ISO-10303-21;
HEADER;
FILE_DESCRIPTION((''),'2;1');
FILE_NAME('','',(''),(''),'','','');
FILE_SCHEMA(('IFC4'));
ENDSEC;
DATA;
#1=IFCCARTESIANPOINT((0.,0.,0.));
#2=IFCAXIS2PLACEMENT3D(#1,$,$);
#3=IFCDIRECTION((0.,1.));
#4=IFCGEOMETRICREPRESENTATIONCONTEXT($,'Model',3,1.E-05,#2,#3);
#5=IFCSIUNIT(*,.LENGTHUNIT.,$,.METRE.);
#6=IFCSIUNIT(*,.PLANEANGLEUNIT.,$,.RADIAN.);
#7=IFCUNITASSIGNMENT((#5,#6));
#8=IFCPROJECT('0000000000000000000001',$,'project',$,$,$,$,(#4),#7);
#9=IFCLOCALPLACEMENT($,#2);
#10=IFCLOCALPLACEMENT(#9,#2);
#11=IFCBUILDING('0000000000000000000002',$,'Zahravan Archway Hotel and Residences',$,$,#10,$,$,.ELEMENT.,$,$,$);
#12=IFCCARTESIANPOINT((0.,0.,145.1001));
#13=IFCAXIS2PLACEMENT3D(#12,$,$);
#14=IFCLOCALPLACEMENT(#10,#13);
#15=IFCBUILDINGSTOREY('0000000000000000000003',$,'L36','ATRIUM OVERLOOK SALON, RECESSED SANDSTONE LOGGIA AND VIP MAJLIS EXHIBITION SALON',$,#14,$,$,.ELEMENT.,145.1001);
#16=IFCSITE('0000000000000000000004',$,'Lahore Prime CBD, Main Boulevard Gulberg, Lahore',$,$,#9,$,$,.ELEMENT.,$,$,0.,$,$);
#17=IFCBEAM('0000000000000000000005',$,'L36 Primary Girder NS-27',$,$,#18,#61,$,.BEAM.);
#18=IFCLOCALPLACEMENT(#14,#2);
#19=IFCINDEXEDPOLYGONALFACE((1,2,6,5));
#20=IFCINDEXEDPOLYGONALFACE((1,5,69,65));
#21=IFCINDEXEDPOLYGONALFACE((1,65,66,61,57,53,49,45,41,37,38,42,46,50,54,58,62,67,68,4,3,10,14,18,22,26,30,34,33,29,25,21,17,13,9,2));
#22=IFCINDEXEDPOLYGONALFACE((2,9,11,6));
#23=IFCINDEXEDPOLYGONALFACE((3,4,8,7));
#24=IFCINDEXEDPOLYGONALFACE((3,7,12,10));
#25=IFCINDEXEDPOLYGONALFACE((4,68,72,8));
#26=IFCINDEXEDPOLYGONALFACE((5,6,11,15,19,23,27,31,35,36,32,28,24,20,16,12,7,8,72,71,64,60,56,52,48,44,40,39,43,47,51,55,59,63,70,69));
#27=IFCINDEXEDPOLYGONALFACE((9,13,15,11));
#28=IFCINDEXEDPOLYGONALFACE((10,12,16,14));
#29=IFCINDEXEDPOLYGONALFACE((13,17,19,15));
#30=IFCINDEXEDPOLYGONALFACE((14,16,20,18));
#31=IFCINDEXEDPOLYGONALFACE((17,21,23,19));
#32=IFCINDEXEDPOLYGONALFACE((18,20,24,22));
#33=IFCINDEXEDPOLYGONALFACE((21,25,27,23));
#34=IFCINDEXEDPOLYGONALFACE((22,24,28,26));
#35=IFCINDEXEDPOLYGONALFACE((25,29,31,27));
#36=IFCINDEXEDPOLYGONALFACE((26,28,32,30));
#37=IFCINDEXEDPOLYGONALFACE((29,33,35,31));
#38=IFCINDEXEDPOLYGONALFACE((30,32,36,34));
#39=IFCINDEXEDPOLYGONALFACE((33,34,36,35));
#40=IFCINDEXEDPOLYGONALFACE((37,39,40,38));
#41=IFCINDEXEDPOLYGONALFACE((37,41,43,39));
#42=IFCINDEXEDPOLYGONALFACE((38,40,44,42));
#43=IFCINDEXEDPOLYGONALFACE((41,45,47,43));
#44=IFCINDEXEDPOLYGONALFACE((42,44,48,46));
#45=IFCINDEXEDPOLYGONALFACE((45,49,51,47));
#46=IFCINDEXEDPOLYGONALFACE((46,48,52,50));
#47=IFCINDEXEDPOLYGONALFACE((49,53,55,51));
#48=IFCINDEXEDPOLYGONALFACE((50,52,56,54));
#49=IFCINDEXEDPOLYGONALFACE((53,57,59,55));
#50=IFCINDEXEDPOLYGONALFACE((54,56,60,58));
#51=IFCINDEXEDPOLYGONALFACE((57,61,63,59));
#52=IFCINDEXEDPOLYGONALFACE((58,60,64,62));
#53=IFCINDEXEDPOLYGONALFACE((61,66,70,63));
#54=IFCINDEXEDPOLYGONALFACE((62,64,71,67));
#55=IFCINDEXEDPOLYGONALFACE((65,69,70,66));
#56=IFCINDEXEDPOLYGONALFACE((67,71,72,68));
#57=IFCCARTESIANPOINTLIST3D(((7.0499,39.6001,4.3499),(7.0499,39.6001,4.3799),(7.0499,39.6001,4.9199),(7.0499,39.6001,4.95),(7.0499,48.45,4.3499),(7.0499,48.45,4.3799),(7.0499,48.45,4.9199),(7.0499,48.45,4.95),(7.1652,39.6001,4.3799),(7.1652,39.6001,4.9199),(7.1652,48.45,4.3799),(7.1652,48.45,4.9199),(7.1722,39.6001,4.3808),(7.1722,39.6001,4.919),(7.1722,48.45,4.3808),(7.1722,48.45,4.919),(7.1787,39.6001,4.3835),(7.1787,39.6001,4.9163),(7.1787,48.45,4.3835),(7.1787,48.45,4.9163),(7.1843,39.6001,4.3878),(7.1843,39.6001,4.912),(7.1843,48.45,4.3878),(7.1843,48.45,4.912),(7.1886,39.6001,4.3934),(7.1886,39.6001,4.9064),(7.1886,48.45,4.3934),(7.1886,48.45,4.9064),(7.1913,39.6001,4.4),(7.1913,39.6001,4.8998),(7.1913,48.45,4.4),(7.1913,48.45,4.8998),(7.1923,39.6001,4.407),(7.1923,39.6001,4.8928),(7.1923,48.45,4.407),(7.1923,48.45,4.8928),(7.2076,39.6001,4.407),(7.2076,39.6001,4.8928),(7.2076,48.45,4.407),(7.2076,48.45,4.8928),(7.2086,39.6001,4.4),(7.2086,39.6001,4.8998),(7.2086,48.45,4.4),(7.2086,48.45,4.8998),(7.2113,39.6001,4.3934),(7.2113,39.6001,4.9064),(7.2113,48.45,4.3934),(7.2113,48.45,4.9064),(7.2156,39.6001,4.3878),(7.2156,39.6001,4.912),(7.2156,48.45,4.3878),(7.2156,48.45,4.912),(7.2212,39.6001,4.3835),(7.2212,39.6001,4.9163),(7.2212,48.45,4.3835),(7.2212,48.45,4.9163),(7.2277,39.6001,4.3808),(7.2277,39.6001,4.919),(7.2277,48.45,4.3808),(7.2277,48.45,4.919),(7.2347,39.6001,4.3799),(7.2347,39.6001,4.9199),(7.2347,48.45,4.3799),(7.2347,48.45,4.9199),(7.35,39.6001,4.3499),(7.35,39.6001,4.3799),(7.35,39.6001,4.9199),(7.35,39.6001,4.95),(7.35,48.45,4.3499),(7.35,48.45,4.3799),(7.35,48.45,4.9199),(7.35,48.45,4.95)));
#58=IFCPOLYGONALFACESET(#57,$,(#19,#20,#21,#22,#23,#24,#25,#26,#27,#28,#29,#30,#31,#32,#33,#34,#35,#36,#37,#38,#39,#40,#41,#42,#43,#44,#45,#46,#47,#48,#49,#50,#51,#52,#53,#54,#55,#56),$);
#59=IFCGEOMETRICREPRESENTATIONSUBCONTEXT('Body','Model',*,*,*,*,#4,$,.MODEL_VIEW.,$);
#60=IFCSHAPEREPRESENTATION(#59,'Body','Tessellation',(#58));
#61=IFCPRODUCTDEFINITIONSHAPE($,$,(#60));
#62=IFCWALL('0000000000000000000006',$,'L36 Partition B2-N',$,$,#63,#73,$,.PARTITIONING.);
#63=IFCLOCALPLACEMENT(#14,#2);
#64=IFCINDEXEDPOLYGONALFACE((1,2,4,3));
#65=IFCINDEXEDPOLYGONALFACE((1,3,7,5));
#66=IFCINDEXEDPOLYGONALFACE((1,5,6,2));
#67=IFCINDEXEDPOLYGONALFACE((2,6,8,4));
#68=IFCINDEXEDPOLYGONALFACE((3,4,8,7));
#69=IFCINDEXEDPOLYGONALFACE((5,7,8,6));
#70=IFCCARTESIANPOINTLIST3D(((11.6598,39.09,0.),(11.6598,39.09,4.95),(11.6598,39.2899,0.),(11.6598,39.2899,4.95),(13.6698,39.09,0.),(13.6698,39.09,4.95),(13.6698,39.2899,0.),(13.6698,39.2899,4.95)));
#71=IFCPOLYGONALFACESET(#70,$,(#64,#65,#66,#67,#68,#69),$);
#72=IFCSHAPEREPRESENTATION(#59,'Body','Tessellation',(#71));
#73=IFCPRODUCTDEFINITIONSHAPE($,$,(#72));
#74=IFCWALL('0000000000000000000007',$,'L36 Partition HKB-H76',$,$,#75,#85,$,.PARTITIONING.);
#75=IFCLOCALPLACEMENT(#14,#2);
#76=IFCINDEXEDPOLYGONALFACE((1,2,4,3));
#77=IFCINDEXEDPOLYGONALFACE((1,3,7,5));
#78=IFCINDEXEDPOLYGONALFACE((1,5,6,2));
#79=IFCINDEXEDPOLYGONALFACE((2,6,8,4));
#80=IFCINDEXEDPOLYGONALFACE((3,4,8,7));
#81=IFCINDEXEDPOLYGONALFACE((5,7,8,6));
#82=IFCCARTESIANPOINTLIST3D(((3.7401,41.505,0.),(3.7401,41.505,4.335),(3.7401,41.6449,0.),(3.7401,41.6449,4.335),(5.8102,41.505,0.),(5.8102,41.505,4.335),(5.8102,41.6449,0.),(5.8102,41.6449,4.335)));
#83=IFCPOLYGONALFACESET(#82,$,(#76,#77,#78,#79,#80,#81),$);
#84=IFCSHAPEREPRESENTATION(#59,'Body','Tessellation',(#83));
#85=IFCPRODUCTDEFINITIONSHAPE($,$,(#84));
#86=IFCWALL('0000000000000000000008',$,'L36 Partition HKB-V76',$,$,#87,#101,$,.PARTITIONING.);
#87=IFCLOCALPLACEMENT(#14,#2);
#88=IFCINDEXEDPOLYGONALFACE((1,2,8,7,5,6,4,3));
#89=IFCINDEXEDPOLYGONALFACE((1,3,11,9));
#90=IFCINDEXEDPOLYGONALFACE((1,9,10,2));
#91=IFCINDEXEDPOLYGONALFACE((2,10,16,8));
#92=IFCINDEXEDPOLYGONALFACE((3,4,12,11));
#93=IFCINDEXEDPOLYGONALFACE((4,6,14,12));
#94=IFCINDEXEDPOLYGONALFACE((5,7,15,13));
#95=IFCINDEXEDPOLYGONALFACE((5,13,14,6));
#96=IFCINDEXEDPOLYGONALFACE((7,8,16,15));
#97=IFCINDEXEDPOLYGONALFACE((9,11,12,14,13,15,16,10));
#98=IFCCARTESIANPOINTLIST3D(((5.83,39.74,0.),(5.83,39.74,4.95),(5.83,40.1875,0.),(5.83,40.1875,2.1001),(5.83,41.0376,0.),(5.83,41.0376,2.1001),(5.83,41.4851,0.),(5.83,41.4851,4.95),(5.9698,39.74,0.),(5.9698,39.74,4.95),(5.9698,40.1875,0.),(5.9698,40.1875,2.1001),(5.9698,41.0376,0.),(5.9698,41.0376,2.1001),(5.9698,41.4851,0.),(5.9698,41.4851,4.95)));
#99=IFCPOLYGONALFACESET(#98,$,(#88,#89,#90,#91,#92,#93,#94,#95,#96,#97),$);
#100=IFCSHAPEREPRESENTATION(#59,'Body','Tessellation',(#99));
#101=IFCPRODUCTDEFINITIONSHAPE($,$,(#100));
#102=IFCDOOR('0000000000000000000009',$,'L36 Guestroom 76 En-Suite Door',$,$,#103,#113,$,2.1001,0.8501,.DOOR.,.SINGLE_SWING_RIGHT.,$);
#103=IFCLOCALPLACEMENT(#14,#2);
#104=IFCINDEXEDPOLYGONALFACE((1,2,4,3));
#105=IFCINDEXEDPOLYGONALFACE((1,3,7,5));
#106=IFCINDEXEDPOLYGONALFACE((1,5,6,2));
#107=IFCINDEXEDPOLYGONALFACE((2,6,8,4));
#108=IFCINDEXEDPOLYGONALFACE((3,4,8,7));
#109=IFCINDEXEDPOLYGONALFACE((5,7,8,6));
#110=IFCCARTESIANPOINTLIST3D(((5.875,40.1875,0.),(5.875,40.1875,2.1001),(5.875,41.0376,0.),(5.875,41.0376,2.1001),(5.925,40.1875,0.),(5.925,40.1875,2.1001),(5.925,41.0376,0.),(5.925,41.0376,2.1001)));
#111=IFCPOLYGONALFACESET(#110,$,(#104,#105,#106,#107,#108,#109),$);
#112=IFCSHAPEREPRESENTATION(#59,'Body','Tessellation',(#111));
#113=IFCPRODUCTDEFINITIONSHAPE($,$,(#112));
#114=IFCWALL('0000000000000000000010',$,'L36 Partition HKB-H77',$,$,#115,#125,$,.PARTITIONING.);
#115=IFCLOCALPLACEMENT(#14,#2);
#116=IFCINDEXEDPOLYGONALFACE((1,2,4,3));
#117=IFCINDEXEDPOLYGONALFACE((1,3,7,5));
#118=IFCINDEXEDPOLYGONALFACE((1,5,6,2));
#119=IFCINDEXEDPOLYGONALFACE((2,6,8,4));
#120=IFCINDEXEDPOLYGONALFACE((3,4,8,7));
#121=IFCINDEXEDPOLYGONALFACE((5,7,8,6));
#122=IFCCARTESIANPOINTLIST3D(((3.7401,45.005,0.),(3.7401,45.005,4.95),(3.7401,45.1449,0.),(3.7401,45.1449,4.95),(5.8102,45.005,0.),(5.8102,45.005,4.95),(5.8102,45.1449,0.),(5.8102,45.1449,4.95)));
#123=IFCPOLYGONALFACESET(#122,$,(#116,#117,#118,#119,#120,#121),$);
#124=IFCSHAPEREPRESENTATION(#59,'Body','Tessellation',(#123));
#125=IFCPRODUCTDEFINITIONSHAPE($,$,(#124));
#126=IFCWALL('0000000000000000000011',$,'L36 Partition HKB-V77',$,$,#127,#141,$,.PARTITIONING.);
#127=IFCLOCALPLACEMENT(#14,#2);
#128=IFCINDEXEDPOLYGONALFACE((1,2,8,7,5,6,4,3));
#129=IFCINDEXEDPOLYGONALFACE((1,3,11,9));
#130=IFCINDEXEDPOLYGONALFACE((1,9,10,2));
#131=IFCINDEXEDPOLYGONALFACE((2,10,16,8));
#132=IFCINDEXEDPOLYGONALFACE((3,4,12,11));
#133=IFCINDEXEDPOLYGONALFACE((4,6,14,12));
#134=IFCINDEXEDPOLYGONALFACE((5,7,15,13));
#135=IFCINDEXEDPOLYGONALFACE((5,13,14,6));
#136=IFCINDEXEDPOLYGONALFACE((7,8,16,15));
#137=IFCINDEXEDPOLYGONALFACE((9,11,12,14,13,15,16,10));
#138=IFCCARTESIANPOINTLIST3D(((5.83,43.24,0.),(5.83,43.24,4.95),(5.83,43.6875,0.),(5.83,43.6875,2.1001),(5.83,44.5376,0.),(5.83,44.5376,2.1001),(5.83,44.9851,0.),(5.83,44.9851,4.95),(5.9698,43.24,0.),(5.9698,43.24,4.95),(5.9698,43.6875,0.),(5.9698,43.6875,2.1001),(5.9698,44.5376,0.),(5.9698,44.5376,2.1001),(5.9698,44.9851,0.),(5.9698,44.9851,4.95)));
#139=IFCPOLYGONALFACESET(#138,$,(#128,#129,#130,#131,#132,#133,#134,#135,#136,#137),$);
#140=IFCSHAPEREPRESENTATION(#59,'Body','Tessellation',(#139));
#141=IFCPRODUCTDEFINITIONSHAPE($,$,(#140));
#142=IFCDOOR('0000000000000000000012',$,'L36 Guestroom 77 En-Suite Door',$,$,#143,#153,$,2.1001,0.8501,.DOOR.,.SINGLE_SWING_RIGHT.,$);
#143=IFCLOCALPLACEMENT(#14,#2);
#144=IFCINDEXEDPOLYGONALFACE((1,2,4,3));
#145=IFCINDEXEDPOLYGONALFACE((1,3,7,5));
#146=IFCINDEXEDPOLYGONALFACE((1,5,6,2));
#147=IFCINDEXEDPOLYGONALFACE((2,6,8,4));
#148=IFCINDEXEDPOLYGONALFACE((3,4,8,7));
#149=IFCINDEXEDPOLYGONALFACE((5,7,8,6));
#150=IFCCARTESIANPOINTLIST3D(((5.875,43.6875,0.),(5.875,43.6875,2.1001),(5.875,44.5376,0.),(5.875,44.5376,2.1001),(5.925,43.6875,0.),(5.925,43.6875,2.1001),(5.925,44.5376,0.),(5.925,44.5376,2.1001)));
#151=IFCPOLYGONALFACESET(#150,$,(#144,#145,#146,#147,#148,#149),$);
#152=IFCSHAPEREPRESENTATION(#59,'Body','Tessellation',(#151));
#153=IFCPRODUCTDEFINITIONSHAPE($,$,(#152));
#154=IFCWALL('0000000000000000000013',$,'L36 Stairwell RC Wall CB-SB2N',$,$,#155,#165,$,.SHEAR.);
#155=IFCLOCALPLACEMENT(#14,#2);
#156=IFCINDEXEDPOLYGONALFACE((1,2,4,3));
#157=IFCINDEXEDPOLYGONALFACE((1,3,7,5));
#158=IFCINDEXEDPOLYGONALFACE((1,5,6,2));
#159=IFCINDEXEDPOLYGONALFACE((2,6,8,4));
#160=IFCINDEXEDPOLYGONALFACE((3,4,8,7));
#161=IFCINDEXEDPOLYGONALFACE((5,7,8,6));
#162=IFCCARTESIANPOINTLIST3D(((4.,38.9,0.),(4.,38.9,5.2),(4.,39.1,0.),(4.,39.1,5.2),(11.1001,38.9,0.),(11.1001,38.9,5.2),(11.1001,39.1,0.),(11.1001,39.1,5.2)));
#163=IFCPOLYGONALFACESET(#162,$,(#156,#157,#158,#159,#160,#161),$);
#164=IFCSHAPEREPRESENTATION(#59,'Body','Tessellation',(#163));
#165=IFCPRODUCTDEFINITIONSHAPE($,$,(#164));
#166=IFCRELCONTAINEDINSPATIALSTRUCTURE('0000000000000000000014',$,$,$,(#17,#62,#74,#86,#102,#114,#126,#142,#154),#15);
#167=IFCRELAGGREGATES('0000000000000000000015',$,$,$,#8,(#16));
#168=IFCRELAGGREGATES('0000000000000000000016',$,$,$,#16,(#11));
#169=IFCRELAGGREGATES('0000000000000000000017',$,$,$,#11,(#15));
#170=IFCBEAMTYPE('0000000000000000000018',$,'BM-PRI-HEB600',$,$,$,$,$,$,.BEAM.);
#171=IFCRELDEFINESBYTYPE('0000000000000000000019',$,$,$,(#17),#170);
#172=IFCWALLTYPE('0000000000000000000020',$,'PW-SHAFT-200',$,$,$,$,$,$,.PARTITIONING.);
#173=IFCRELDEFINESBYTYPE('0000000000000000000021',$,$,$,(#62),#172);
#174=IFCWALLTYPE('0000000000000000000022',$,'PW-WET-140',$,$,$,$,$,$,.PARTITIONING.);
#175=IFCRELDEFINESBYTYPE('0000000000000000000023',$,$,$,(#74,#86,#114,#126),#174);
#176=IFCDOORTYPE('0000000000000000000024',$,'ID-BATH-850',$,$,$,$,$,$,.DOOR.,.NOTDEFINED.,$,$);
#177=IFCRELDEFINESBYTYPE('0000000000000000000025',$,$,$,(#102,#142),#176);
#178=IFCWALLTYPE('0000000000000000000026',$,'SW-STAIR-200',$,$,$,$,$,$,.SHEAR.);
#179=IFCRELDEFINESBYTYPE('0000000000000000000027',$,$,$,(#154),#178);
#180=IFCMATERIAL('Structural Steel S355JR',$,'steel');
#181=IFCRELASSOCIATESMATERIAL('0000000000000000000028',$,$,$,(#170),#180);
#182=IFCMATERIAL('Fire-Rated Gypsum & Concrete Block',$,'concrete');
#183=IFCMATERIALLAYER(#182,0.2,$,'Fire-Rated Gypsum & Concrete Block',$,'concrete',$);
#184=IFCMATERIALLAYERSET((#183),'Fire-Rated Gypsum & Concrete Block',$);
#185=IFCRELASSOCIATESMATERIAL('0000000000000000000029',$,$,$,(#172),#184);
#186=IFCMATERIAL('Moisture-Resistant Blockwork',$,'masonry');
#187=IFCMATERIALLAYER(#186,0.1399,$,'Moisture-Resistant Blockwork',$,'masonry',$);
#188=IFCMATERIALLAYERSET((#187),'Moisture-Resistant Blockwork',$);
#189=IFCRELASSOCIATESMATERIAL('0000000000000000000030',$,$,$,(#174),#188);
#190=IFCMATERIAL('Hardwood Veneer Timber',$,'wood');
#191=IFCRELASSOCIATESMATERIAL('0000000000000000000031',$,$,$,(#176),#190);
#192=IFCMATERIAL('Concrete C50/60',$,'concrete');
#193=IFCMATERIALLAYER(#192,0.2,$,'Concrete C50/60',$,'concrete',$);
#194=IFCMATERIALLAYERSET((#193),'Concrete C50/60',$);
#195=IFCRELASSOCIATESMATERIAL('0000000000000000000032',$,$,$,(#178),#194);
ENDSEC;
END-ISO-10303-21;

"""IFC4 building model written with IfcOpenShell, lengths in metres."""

from ifc_helpers import new_model, si_unit, direction, frame, frame_2d, origin, origin_2d, place, context, subcontext, project, spatial, rectangle, i_section, extrude, source, transform, mapped, material, layer, layer_set, material_profile, profile_set, type_object, type_shapes, element, fill, save


model = new_model("IFC4")

# Units and contexts
model_context = context("Model", 3, precision=1e-05, world=origin(), true_north=direction((0.0, 1.0)))
body_context = subcontext(model_context, "Body", "Model", "MODEL_VIEW")
ifc_project = project(units=[si_unit("LENGTHUNIT", "METRE"), si_unit("PLANEANGLEUNIT", "RADIAN")], contexts=[model_context])

# Site, building, storey
site_placement = place(None, origin())
site = spatial("IfcSite", under=ifc_project, at=site_placement, Name="Lahore Prime CBD, Main Boulevard Gulberg, Lahore", CompositionType="ELEMENT", RefElevation=0.0)
building_placement = place(site_placement, origin())
building = spatial("IfcBuilding", under=site, at=building_placement, Name="Zahravan Archway Hotel and Residences", CompositionType="ELEMENT")
storey_placement = place(building_placement, frame((0.0, 0.0, 145.1001)))
storey = spatial("IfcBuildingStorey", under=building, at=storey_placement, Name="L36", Description="ATRIUM OVERLOOK SALON, RECESSED SANDSTONE LOGGIA AND VIP MAJLIS EXHIBITION SALON", CompositionType="ELEMENT", Elevation=145.1001)

# Beam
ifc_material_1 = material(Name="Structural Steel S355JR", Category="steel")
ifc_material_profile_1 = material_profile(ifc_material_1, i_section(OverallWidth=0.3, OverallDepth=0.6001, WebThickness=0.0154, FlangeThickness=0.03, FilletRadius=0.0271, at=origin_2d()), Name="HEB 600", Category="steel")
ifc_profile_set_1 = profile_set([ifc_material_profile_1], Name="Structural Steel S355JR")
beam_type_1 = type_object("IfcBeamType", Name="BM-PRI-HEB600", PredefinedType="BEAM", material=ifc_profile_set_1)
shared_shape_1 = source(origin(), body_context, "Body", "SweptSolid", [
    extrude(i_section(OverallWidth=0.3, OverallDepth=0.6001, WebThickness=0.0154, FlangeThickness=0.03, FilletRadius=0.0271, at=origin_2d()), origin(), (0.0, 0.0, 1.0), 8.8499),
])
beam_1_placement = place(storey_placement, frame((7.2, 39.6001, 4.6499), z_axis=(0.0, 1.0, 0.0), x_axis=(-1.0, 0.0, 0.0)))
element("IfcBeam", 1, at=beam_1_placement, inside=storey, type_object=beam_type_1, Name="L36 Primary Girder NS-27", PredefinedType="BEAM", context=body_context, shape_type="MappedRepresentation", body=[
    mapped(shared_shape_1, transform((0.0, 0.0, 0.0), scale=1.0)),
])

# Walls
ifc_material_2 = material(Name="Fire-Rated Gypsum & Concrete Block", Category="concrete")
ifc_layer_1 = layer(ifc_material_2, 0.2, Name="Fire-Rated Gypsum & Concrete Block", Category="concrete")
ifc_layer_set_1 = layer_set([ifc_layer_1], Name="Fire-Rated Gypsum & Concrete Block")
wall_type_1 = type_object("IfcWallType", Name="PW-SHAFT-200", PredefinedType="PARTITIONING", material=ifc_layer_set_1)
wall_1_placement = place(storey_placement, frame((11.6599, 39.1899, 0.0), z_axis=(0.0, 0.0, 1.0), x_axis=(1.0, 0.0, 0.0)))
element("IfcWall", 2, at=wall_1_placement, inside=storey, type_object=wall_type_1, Name="L36 Partition B2-N", PredefinedType="PARTITIONING", context=body_context, shape_type="SweptSolid", body=[
    extrude(rectangle(XDim=2.01, YDim=0.2, at=frame_2d((1.0049, 0.0))), origin(), (0.0, 0.0, 1.0), 4.95),
])
ifc_material_3 = material(Name="Moisture-Resistant Blockwork", Category="masonry")
ifc_layer_2 = layer(ifc_material_3, 0.1399, Name="Moisture-Resistant Blockwork", Category="masonry")
ifc_layer_set_2 = layer_set([ifc_layer_2], Name="Moisture-Resistant Blockwork")
wall_type_2 = type_object("IfcWallType", Name="PW-WET-140", PredefinedType="PARTITIONING", material=ifc_layer_set_2)
wall_2_placement = place(storey_placement, frame((3.74, 41.575, 0.0), z_axis=(0.0, 0.0, 1.0), x_axis=(1.0, 0.0, 0.0)))
element("IfcWall", 3, at=wall_2_placement, inside=storey, type_object=wall_type_2, Name="L36 Partition HKB-H76", PredefinedType="PARTITIONING", context=body_context, shape_type="SweptSolid", body=[
    extrude(rectangle(XDim=2.0701, YDim=0.1399, at=frame_2d((1.0352, 0.0))), origin(), (0.0, 0.0, 1.0), 4.335),
])

# Wall, opening, door
wall_3_placement = place(storey_placement, frame((5.8999, 39.74, 0.0), z_axis=(0.0, 0.0, 1.0), x_axis=(0.0, 1.0, 0.0)))
wall_3 = element("IfcWall", 4, at=wall_3_placement, inside=storey, type_object=wall_type_2, Name="L36 Partition HKB-V76", PredefinedType="PARTITIONING", context=body_context, shape_type="SweptSolid", body=[
    extrude(rectangle(XDim=1.7451, YDim=0.1399, at=frame_2d((0.8726, 0.0))), origin(), (0.0, 0.0, 1.0), 4.95),
])
opening_1_placement = place(wall_3_placement, frame((0.4475, 0.0, 0.0)))
opening_1 = element("IfcOpeningElement", 5, at=opening_1_placement, cuts=wall_3, PredefinedType="OPENING", context=body_context, shape_type="SweptSolid", body=[
    extrude(rectangle(XDim=0.8501, YDim=2.1001, at=frame_2d((0.425, 1.05))), frame((0.0, 0.0801, 0.0), z_axis=(0.0, -1.0, 0.0), x_axis=(1.0, 0.0, 0.0)), (0.0, 0.0, 1.0), 0.1599),
])
ifc_material_4 = material(Name="Hardwood Veneer Timber", Category="wood")
door_type = type_object("IfcDoorType", Name="ID-BATH-850", OperationType="NOTDEFINED", PredefinedType="DOOR", material=ifc_material_4)
shared_shape_2 = source(origin(), body_context, "Body", "SweptSolid", [
    extrude(rectangle(XDim=0.8501, YDim=2.1001, at=frame_2d((0.425, 1.05))), frame((0.0, 0.0249, 0.0), z_axis=(0.0, -1.0, 0.0), x_axis=(1.0, 0.0, 0.0)), (0.0, 0.0, 1.0), 0.05),
])
type_shapes(door_type, [shared_shape_2])
door_1_placement = place(opening_1_placement, origin())
door_1 = element("IfcDoor", 6, at=door_1_placement, inside=storey, type_object=door_type, Name="L36 Guestroom 76 En-Suite Door", OperationType="SINGLE_SWING_RIGHT", OverallHeight=2.1001, OverallWidth=0.8501, PredefinedType="DOOR", context=body_context, shape_type="MappedRepresentation", body=[
    mapped(shared_shape_2, transform((0.0, 0.0, 0.0), scale=1.0)),
])
fill(opening_1, door_1)

# Wall
wall_4_placement = place(storey_placement, frame((3.74, 45.075, 0.0), z_axis=(0.0, 0.0, 1.0), x_axis=(1.0, 0.0, 0.0)))
element("IfcWall", 7, at=wall_4_placement, inside=storey, type_object=wall_type_2, Name="L36 Partition HKB-H77", PredefinedType="PARTITIONING", context=body_context, shape_type="SweptSolid", body=[
    extrude(rectangle(XDim=2.0701, YDim=0.1399, at=frame_2d((1.0352, 0.0))), origin(), (0.0, 0.0, 1.0), 4.95),
])

# Wall, opening, door
wall_5_placement = place(storey_placement, frame((5.8999, 43.24, 0.0), z_axis=(0.0, 0.0, 1.0), x_axis=(0.0, 1.0, 0.0)))
wall_5 = element("IfcWall", 8, at=wall_5_placement, inside=storey, type_object=wall_type_2, Name="L36 Partition HKB-V77", PredefinedType="PARTITIONING", context=body_context, shape_type="SweptSolid", body=[
    extrude(rectangle(XDim=1.7451, YDim=0.1399, at=frame_2d((0.8726, 0.0))), origin(), (0.0, 0.0, 1.0), 4.95),
])
opening_2_placement = place(wall_5_placement, frame((0.4475, 0.0, 0.0)))
opening_2 = element("IfcOpeningElement", 9, at=opening_2_placement, cuts=wall_5, PredefinedType="OPENING", context=body_context, shape_type="SweptSolid", body=[
    extrude(rectangle(XDim=0.8501, YDim=2.1001, at=frame_2d((0.425, 1.05))), frame((0.0, 0.0801, 0.0), z_axis=(0.0, -1.0, 0.0), x_axis=(1.0, 0.0, 0.0)), (0.0, 0.0, 1.0), 0.1599),
])
door_2_placement = place(opening_2_placement, origin())
door_2 = element("IfcDoor", 10, at=door_2_placement, inside=storey, type_object=door_type, Name="L36 Guestroom 77 En-Suite Door", OperationType="SINGLE_SWING_RIGHT", OverallHeight=2.1001, OverallWidth=0.8501, PredefinedType="DOOR", context=body_context, shape_type="MappedRepresentation", body=[
    mapped(shared_shape_2, transform((0.0, 0.0, 0.0), scale=1.0)),
])
fill(opening_2, door_2)

# Wall
ifc_material_5 = material(Name="Concrete C50/60", Category="concrete")
ifc_layer_3 = layer(ifc_material_5, 0.2, Name="Concrete C50/60", Category="concrete")
ifc_layer_set_3 = layer_set([ifc_layer_3], Name="Concrete C50/60")
wall_type_3 = type_object("IfcWallType", Name="SW-STAIR-200", PredefinedType="SHEAR", material=ifc_layer_set_3)
wall_6_placement = place(storey_placement, frame((4.0, 39.0, 0.0), z_axis=(0.0, 0.0, 1.0), x_axis=(1.0, 0.0, 0.0)))
element("IfcWall", 11, at=wall_6_placement, inside=storey, type_object=wall_type_3, Name="L36 Stairwell RC Wall CB-SB2N", PredefinedType="SHEAR", context=body_context, shape_type="SweptSolid", body=[
    extrude(rectangle(XDim=7.1001, YDim=0.2, at=frame_2d((3.55, 0.0))), origin(), (0.0, 0.0, 1.0), 5.2),
])

save(model, "model.ifc")
